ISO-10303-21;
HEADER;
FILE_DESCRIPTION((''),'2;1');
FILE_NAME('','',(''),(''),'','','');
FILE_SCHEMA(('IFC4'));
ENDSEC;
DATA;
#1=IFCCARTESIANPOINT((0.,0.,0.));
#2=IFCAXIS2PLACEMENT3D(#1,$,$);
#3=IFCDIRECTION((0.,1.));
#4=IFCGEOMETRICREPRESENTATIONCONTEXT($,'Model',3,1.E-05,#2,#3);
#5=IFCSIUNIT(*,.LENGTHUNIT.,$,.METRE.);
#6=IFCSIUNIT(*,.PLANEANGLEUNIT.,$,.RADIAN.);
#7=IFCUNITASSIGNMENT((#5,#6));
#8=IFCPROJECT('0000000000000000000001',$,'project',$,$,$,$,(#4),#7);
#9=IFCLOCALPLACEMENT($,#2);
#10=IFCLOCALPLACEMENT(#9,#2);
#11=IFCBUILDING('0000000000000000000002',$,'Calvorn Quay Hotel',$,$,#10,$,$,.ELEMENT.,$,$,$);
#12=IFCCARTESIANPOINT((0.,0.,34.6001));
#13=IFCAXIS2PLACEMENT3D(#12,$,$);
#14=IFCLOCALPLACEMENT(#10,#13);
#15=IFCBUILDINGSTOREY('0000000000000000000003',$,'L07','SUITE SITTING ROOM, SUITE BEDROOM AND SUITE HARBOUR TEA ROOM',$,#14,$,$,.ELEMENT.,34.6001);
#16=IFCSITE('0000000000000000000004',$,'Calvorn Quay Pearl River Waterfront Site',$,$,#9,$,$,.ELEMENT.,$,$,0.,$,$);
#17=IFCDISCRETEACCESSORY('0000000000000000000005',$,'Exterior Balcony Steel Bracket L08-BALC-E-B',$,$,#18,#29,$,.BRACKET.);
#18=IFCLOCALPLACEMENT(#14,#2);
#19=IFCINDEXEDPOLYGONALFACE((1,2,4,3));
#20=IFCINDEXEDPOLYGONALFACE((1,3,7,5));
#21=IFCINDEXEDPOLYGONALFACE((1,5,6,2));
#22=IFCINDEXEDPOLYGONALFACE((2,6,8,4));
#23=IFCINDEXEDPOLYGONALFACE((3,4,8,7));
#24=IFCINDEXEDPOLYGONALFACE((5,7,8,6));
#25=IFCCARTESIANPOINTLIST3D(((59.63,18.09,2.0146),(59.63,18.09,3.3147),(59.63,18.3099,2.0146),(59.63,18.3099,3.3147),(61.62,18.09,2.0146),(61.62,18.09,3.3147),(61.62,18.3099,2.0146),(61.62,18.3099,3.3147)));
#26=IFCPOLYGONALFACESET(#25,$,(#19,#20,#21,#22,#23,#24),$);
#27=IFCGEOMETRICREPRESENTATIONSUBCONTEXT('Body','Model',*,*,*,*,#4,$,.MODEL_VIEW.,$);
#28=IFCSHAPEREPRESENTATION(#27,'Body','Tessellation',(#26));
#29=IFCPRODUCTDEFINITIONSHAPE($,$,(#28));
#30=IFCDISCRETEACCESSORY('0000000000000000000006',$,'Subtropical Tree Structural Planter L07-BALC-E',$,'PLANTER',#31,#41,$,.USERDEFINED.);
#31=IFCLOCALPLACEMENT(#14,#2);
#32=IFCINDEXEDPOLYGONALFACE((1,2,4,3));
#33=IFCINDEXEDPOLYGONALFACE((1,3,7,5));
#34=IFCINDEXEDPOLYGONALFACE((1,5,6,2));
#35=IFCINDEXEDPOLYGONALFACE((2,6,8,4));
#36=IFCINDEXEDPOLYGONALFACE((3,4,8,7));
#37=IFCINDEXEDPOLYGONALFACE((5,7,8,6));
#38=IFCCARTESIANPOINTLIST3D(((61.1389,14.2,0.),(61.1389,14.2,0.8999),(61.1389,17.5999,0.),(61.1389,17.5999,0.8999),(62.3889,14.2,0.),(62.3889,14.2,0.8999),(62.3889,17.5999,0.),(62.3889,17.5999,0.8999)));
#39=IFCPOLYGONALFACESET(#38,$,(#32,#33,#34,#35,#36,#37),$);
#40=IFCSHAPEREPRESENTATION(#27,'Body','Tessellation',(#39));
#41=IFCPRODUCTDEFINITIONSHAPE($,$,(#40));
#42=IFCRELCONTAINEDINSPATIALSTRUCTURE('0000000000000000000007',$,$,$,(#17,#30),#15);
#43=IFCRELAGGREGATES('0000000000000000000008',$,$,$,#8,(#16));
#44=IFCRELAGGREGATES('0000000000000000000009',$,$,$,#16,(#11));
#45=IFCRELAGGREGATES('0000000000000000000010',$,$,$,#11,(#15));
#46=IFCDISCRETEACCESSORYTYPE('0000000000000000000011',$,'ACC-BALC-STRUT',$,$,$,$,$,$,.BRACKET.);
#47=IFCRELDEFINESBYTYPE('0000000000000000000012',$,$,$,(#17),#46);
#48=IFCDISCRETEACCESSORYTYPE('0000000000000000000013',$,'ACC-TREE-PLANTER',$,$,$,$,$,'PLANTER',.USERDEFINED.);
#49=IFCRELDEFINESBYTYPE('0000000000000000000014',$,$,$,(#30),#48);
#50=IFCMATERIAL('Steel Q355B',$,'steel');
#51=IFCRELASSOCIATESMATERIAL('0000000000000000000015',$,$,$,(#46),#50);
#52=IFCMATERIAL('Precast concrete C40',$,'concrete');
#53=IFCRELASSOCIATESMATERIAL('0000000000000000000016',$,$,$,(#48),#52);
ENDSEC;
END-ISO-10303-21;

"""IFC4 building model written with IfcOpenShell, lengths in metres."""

from ifc_helpers import new_model, si_unit, direction, frame, origin, origin_2d, place, context, subcontext, project, spatial, rectangle, extrude, material, type_object, element, save


model = new_model("IFC4")

# Units and contexts
model_context = context("Model", 3, precision=1e-05, world=origin(), true_north=direction((0.0, 1.0)))
body_context = subcontext(model_context, "Body", "Model", "MODEL_VIEW")
ifc_project = project(units=[si_unit("LENGTHUNIT", "METRE"), si_unit("PLANEANGLEUNIT", "RADIAN")], contexts=[model_context])

# Site, building, storey
site_placement = place(None, origin())
site = spatial("IfcSite", under=ifc_project, at=site_placement, Name="Calvorn Quay Pearl River Waterfront Site", CompositionType="ELEMENT", RefElevation=0.0)
building_placement = place(site_placement, origin())
building = spatial("IfcBuilding", under=site, at=building_placement, Name="Calvorn Quay Hotel", CompositionType="ELEMENT")
storey_placement = place(building_placement, frame((0.0, 0.0, 34.6001)))
storey = spatial("IfcBuildingStorey", under=building, at=storey_placement, Name="L07", Description="SUITE SITTING ROOM, SUITE BEDROOM AND SUITE HARBOUR TEA ROOM", CompositionType="ELEMENT", Elevation=34.6001)

# Discrete accessories
ifc_material_1 = material(Name="Steel Q355B", Category="steel")
discrete_accessory_type_1 = type_object("IfcDiscreteAccessoryType", Name="ACC-BALC-STRUT", PredefinedType="BRACKET", material=ifc_material_1)
for number, where, z_axis, x_axis, name in (
    (1, (60.625, 18.2, 2.0146), (0.0, 0.0, 1.0), (1.0, 0.0, 0.0), "Exterior Balcony Steel Bracket L08-BALC-E-B"),
):
    element("IfcDiscreteAccessory", number, at=place(storey_placement, frame(where, z_axis=z_axis, x_axis=x_axis)), inside=storey, type_object=discrete_accessory_type_1, Name=name, PredefinedType="BRACKET", context=body_context, shape_type="SweptSolid", body=[
        extrude(rectangle(XDim=1.99, YDim=0.22, at=origin_2d()), origin(), (0.0, 0.0, 1.0), 1.3),
    ])
ifc_material_2 = material(Name="Precast concrete C40", Category="concrete")
discrete_accessory_type_2 = type_object("IfcDiscreteAccessoryType", Name="ACC-TREE-PLANTER", ElementType="PLANTER", PredefinedType="USERDEFINED", material=ifc_material_2)
discrete_accessory_placement = place(storey_placement, frame((61.7639, 15.8999, 0.0), z_axis=(0.0, 0.0, 1.0), x_axis=(1.0, 0.0, 0.0)))
element("IfcDiscreteAccessory", 2, at=discrete_accessory_placement, inside=storey, type_object=discrete_accessory_type_2, Name="Subtropical Tree Structural Planter L07-BALC-E", ObjectType="PLANTER", PredefinedType="USERDEFINED", context=body_context, shape_type="SweptSolid", body=[
    extrude(rectangle(XDim=1.25, YDim=3.3999, at=origin_2d()), origin(), (0.0, 0.0, 1.0), 0.8999),
])

save(model, "model.ifc")
